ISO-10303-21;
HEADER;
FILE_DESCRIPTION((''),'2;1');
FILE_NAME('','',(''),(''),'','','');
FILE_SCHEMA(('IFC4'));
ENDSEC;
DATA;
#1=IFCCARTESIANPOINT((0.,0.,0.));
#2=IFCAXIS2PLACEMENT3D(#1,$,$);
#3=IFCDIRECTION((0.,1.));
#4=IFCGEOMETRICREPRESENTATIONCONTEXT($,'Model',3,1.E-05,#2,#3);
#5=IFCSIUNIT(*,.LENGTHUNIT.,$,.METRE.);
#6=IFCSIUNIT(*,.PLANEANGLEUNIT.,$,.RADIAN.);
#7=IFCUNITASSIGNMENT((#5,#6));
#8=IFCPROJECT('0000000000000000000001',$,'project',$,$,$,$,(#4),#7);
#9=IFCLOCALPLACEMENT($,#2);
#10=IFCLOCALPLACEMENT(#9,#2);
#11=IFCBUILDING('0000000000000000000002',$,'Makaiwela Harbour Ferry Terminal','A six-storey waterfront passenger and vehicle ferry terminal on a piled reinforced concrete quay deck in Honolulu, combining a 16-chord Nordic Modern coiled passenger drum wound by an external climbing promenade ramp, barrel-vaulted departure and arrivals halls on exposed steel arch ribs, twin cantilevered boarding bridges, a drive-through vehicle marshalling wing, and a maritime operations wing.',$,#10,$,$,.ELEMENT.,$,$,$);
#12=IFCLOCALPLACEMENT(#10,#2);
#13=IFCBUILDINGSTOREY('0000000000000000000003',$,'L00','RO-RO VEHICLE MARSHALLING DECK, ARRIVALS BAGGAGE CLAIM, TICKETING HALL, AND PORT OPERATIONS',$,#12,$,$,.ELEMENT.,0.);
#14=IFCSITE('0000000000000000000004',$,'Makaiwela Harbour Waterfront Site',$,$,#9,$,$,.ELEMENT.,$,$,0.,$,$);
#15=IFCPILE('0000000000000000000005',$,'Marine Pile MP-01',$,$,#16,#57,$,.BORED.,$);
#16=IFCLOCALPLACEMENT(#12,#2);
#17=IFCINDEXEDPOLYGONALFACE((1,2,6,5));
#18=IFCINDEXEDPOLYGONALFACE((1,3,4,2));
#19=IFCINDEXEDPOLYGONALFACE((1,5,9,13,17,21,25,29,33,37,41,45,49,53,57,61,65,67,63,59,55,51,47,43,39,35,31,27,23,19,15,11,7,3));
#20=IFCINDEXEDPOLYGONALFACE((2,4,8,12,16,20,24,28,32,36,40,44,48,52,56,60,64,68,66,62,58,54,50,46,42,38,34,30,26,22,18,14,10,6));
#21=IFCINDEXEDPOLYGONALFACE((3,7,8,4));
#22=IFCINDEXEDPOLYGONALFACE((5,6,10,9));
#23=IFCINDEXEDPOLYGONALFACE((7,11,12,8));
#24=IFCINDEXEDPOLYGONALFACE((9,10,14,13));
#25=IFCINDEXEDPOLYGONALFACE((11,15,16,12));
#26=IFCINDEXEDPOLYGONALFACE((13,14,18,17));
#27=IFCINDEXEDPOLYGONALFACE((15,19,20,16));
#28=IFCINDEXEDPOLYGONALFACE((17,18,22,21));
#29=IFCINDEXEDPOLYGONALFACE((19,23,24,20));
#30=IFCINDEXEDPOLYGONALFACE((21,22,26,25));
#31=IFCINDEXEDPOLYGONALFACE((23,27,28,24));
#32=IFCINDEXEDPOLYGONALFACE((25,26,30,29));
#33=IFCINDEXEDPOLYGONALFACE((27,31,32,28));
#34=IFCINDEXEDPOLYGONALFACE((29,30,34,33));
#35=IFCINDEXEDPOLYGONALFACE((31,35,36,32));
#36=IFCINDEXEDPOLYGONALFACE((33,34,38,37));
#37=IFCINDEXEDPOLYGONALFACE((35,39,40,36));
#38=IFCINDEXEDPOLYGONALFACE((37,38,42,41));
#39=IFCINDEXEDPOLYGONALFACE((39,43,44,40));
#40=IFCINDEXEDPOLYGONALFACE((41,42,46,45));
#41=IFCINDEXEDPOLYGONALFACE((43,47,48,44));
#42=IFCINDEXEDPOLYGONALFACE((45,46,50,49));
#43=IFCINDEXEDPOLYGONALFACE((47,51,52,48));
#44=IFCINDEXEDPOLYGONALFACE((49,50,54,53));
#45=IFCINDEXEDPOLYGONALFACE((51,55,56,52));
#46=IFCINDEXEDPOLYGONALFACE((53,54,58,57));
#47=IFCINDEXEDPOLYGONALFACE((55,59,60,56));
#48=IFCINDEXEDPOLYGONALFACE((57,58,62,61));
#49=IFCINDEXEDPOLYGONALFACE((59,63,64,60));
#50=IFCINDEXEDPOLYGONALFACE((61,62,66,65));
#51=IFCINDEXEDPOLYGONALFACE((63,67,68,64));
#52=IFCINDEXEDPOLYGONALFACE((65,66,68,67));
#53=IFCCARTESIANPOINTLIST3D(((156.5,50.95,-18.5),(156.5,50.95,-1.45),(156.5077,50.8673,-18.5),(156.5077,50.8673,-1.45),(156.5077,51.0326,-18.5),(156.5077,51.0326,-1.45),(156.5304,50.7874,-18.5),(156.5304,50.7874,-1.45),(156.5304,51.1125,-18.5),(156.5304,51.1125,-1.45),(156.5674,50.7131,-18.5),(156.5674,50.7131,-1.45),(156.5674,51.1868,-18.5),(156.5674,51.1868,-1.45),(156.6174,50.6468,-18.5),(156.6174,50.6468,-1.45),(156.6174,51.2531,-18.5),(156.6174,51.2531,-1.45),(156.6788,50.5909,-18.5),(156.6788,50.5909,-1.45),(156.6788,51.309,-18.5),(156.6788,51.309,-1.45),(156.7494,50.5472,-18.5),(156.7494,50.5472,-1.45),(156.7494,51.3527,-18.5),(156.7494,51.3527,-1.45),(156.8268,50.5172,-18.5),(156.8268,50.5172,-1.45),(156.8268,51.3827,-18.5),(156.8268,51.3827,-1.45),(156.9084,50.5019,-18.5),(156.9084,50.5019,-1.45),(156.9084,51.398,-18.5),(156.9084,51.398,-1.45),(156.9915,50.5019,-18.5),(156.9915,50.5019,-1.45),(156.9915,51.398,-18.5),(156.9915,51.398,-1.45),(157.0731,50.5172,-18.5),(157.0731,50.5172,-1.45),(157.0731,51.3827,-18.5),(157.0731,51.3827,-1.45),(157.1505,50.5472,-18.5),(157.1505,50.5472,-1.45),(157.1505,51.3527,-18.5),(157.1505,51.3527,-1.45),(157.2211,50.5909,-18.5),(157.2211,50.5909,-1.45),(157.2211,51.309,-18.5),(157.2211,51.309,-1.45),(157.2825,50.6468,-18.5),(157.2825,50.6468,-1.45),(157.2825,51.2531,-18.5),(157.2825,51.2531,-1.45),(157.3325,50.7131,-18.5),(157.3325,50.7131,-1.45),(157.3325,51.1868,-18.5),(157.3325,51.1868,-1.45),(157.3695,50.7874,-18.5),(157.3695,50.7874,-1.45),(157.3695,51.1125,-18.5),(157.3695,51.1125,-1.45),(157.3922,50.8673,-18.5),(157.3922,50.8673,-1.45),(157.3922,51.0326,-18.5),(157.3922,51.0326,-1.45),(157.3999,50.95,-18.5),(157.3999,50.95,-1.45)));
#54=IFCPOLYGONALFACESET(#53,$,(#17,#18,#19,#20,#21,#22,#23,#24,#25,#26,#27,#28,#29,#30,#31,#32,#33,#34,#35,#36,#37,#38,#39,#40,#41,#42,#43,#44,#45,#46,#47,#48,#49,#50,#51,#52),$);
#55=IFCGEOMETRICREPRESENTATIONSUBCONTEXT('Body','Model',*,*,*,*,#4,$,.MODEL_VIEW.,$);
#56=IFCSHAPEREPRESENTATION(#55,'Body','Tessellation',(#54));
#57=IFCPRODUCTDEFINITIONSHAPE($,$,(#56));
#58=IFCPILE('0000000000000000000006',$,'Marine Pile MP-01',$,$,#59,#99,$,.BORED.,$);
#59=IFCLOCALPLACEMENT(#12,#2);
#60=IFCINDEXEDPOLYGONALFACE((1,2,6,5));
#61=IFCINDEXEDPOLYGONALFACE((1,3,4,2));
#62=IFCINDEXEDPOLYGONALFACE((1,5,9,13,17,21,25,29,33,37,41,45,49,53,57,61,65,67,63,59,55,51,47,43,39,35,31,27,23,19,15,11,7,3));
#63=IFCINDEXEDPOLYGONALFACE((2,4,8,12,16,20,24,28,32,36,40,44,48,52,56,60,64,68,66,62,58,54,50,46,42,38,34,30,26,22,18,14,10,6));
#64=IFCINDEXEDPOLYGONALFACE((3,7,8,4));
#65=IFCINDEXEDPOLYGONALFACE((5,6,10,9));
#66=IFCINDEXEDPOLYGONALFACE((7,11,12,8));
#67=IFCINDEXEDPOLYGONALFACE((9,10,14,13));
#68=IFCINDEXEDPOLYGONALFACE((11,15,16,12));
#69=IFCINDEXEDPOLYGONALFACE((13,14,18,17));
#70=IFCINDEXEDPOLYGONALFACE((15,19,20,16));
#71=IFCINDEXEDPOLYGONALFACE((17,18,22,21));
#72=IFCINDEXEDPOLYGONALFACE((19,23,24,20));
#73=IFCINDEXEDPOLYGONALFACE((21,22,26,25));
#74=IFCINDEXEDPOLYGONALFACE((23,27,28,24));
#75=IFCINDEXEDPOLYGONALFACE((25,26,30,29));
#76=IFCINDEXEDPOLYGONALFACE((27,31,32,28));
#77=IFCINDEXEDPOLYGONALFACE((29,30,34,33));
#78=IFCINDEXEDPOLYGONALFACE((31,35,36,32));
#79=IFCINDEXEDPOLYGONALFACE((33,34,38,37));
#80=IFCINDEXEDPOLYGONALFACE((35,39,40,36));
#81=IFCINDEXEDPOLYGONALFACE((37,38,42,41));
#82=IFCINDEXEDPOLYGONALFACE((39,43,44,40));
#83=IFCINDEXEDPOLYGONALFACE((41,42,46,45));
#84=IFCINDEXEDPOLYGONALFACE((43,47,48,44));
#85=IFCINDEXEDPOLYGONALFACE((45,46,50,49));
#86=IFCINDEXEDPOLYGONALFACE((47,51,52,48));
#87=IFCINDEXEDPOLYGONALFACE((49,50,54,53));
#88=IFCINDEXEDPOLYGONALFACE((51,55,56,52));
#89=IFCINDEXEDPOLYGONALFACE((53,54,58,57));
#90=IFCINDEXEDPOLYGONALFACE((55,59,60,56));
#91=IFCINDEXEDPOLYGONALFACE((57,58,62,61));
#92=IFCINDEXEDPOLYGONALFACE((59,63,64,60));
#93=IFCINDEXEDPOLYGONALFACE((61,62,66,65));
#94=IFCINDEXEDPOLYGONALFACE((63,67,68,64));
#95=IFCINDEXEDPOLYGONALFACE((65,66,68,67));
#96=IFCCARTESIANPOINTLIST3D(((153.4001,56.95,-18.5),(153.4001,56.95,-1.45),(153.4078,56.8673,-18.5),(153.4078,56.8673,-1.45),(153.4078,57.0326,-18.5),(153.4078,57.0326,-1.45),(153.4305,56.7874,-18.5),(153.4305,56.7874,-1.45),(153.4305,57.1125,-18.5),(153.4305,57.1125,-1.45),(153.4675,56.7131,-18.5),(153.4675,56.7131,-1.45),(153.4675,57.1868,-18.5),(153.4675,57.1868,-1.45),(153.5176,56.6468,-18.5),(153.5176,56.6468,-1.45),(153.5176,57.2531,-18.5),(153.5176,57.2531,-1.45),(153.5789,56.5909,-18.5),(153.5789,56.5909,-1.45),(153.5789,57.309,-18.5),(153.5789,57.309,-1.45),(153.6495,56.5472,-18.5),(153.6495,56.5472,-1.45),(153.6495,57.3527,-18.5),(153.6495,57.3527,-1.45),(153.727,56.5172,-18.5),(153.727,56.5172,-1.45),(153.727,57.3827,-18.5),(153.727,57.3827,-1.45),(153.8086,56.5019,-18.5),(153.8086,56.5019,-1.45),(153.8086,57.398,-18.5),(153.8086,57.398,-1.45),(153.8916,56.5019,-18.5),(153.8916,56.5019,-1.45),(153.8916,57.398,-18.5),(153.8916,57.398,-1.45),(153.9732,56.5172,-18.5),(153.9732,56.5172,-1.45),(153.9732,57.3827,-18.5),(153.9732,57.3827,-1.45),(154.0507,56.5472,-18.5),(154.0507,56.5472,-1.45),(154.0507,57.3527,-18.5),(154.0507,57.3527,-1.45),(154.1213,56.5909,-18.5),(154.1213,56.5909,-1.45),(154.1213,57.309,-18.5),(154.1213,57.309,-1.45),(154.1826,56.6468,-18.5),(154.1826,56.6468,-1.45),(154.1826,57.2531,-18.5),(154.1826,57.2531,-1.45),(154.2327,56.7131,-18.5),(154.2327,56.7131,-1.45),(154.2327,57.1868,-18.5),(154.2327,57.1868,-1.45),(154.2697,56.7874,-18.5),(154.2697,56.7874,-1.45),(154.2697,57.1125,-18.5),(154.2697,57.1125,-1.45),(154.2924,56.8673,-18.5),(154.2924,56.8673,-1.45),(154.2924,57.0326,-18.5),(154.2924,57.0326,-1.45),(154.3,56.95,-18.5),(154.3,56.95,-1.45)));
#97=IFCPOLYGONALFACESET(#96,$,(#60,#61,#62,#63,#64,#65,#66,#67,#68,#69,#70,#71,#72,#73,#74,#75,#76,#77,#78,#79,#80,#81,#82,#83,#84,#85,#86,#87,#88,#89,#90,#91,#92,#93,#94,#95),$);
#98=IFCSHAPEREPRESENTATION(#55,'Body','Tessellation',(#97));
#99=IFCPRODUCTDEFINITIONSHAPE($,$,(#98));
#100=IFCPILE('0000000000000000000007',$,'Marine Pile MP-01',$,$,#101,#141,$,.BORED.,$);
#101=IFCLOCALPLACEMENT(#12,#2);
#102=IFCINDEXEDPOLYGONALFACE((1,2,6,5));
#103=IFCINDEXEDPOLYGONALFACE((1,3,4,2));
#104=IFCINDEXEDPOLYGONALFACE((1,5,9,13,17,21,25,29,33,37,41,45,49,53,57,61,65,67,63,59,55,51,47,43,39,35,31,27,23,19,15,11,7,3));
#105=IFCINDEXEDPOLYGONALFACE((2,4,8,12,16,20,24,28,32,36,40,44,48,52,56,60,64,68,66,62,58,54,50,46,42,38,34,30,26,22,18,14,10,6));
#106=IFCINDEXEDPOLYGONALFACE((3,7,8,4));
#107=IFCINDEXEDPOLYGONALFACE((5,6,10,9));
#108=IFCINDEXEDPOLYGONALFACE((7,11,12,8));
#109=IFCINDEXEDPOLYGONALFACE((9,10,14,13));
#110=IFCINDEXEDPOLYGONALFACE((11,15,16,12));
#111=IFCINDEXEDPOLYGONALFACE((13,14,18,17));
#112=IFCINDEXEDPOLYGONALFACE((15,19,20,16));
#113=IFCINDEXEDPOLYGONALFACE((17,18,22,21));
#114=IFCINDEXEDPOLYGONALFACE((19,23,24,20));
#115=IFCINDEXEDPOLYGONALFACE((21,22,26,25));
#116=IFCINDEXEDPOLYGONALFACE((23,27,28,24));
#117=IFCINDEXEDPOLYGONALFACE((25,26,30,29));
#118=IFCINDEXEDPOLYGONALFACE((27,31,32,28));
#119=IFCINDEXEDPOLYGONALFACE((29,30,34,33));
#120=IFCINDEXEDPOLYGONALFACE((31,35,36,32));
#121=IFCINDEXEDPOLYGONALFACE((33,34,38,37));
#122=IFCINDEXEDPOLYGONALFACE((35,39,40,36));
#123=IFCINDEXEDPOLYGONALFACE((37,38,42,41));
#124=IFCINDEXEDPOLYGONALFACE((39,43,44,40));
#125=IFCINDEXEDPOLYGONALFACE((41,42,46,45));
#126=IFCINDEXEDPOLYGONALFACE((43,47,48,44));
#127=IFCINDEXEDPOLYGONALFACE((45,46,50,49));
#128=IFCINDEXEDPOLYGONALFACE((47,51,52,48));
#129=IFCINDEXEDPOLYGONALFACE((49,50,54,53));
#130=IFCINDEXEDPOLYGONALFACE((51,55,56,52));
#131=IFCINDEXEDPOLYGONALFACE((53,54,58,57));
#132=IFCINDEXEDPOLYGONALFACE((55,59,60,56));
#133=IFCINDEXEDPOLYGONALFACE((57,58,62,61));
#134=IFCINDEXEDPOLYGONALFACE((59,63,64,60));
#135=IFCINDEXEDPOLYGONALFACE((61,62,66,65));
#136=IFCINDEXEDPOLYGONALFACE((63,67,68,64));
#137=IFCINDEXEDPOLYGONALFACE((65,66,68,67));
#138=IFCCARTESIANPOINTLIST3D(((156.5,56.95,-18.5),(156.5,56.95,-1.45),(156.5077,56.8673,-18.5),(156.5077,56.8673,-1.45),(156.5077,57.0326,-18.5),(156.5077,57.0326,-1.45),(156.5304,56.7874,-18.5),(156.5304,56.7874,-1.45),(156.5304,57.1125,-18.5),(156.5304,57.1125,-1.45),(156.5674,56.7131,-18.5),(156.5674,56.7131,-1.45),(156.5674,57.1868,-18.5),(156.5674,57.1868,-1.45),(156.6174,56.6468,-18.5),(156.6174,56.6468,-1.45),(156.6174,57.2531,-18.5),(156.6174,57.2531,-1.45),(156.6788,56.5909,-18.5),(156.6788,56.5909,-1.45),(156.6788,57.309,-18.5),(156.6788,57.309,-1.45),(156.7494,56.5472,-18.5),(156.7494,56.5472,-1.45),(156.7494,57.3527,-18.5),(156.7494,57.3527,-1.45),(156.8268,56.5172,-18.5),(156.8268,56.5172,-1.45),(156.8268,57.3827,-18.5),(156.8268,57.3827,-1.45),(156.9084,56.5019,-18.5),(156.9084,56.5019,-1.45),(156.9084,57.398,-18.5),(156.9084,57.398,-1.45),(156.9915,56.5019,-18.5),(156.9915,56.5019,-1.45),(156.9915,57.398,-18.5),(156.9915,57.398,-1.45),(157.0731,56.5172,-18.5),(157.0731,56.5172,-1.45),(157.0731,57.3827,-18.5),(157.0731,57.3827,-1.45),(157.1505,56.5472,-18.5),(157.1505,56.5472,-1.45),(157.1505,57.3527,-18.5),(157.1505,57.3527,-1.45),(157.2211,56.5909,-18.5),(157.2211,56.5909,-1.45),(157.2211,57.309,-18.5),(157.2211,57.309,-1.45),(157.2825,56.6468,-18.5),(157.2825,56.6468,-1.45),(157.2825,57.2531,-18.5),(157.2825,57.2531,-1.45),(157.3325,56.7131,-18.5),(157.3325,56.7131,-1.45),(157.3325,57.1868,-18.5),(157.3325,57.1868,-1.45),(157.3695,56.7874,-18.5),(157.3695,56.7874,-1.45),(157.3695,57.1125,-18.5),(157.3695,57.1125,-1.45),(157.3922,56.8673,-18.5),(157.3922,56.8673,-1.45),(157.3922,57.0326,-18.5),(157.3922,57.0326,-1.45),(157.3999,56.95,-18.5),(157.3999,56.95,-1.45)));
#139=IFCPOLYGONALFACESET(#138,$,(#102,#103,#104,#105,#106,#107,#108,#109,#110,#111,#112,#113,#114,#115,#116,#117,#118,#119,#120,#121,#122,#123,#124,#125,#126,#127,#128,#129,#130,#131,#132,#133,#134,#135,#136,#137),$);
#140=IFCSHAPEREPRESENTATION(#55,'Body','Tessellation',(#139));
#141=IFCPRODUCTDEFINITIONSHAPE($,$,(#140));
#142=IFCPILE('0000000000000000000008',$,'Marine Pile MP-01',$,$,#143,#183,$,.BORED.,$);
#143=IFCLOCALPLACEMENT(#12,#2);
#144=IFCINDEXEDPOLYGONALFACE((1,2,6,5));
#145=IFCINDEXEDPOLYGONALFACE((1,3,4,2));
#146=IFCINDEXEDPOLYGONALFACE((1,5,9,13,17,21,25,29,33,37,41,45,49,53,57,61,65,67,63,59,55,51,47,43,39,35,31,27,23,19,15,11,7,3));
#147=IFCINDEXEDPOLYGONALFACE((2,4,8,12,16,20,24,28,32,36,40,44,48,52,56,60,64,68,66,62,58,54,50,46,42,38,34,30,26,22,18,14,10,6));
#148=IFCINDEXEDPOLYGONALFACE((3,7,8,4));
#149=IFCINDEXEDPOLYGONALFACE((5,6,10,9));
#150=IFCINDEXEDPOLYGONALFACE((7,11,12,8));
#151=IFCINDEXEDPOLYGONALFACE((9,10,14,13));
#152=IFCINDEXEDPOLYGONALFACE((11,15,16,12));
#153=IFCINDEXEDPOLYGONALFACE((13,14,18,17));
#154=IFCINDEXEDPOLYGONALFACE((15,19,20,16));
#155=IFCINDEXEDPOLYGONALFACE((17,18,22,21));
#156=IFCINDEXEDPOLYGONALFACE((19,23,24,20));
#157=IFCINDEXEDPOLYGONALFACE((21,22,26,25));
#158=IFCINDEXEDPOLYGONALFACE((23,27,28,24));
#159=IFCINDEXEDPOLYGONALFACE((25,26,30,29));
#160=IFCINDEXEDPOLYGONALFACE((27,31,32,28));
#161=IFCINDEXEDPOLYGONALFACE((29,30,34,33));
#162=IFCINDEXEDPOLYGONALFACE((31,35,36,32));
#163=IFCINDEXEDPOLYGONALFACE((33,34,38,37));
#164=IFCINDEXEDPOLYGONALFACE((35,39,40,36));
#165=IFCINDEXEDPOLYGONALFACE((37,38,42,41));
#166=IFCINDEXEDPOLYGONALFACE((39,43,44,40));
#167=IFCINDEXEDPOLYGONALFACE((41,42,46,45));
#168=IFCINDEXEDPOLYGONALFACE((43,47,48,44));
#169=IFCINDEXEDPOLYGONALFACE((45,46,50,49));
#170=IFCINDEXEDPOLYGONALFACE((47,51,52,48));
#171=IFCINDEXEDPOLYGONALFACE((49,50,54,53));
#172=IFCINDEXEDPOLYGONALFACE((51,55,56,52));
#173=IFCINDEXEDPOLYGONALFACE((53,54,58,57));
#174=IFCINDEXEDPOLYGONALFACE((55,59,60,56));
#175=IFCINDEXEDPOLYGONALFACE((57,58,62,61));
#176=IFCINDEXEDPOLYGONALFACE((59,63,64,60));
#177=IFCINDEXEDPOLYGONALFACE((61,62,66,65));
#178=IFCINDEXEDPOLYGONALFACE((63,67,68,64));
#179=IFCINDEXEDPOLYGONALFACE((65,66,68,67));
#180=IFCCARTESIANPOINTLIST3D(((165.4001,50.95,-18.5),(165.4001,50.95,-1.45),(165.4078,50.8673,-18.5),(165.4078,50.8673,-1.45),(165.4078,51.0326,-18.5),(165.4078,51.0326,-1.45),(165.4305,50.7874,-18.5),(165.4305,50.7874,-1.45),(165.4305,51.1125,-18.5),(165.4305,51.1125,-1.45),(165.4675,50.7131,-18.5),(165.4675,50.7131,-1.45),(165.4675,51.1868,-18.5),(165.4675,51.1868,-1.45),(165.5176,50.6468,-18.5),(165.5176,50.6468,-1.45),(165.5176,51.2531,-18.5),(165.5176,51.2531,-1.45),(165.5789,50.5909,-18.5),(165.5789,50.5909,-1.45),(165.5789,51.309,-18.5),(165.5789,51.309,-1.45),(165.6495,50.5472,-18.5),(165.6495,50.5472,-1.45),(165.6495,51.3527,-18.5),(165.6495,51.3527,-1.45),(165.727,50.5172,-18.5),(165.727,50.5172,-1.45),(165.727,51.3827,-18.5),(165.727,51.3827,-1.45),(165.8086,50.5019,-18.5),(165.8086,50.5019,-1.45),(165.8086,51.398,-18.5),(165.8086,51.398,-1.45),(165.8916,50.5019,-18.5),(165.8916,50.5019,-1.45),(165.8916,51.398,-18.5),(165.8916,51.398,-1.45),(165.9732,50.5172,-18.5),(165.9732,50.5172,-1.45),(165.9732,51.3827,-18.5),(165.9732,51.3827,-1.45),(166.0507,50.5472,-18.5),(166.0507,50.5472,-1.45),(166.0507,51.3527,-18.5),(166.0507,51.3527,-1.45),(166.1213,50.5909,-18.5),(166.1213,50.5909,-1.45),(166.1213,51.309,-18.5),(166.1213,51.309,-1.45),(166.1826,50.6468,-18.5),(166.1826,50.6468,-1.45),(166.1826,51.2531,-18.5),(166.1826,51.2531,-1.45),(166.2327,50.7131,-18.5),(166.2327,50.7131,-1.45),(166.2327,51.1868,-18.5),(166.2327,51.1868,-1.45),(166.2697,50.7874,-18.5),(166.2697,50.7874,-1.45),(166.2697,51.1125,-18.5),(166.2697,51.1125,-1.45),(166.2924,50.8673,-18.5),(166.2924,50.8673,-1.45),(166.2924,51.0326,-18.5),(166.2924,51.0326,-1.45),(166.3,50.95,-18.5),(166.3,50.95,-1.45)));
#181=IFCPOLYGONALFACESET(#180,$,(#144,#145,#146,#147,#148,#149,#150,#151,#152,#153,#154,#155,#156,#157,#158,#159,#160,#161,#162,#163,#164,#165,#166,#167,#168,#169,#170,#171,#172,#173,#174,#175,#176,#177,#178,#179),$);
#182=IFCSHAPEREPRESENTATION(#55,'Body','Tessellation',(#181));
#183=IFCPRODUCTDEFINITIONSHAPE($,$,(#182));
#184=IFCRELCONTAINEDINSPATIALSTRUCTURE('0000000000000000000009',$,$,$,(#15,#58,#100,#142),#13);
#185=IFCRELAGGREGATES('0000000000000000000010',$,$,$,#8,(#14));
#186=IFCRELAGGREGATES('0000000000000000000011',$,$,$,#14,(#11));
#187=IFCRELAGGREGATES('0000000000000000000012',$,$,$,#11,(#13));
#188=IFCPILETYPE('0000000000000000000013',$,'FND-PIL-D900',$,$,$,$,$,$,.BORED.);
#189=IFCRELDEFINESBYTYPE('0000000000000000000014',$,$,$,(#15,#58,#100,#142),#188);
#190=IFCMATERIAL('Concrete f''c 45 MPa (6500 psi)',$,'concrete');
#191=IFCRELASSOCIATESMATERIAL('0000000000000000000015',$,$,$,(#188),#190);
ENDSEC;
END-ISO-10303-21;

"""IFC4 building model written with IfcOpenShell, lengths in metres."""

from ifc_helpers import new_model, si_unit, direction, frame, origin, origin_2d, place, context, subcontext, project, spatial, circle, extrude, material, material_profile, profile_set, type_object, element, save


model = new_model("IFC4")

# Units and contexts
model_context = context("Model", 3, precision=1e-05, world=origin(), true_north=direction((0.0, 1.0)))
body_context = subcontext(model_context, "Body", "Model", "MODEL_VIEW")
ifc_project = project(units=[si_unit("LENGTHUNIT", "METRE"), si_unit("PLANEANGLEUNIT", "RADIAN")], contexts=[model_context])

# Site, building, storey
site_placement = place(None, origin())
site = spatial("IfcSite", under=ifc_project, at=site_placement, Name="Makaiwela Harbour Waterfront Site", CompositionType="ELEMENT", RefElevation=0.0)
building_placement = place(site_placement, origin())
building = spatial("IfcBuilding", under=site, at=building_placement, Name="Makaiwela Harbour Ferry Terminal", Description="A six-storey waterfront passenger and vehicle ferry terminal on a piled reinforced concrete quay deck in Honolulu, combining a 16-chord Nordic Modern coiled passenger drum wound by an external climbing promenade ramp, barrel-vaulted departure and arrivals halls on exposed steel arch ribs, twin cantilevered boarding bridges, a drive-through vehicle marshalling wing, and a maritime operations wing.", CompositionType="ELEMENT")
storey_placement = place(building_placement, origin())
storey = spatial("IfcBuildingStorey", under=building, at=storey_placement, Name="L00", Description="RO-RO VEHICLE MARSHALLING DECK, ARRIVALS BAGGAGE CLAIM, TICKETING HALL, AND PORT OPERATIONS", CompositionType="ELEMENT", Elevation=0.0)

# Shared definitions
ifc_material_1 = material(Name="Concrete f'c 45 MPa (6500 psi)", Category="concrete")

# Piles
ifc_material_profile_1 = material_profile(ifc_material_1, circle(Radius=0.45, at=origin_2d()), Name="PILE-D900")
ifc_profile_set_1 = profile_set([ifc_material_profile_1], Name="Concrete f'c 45 MPa (6500 psi)")
pile_type = type_object("IfcPileType", Name="FND-PIL-D900", PredefinedType="BORED", material=ifc_profile_set_1)
for number, where, z_axis, x_axis, name in (
    (1, (156.95, 50.95, -1.45), (0.0, 0.0, -1.0), (1.0, 0.0, 0.0), "Marine Pile MP-01"),
    (2, (153.8501, 56.95, -1.45), (0.0, 0.0, -1.0), (1.0, 0.0, 0.0), "Marine Pile MP-01"),
    (3, (156.95, 56.95, -1.45), (0.0, 0.0, -1.0), (1.0, 0.0, 0.0), "Marine Pile MP-01"),
    (4, (165.8501, 50.95, -1.45), (0.0, 0.0, -1.0), (1.0, 0.0, 0.0), "Marine Pile MP-01"),
):
    element("IfcPile", number, at=place(storey_placement, frame(where, z_axis=z_axis, x_axis=x_axis)), inside=storey, type_object=pile_type, Name=name, PredefinedType="BORED", context=body_context, shape_type="SweptSolid", body=[
        extrude(circle(Radius=0.45, at=origin_2d()), origin(), (0.0, 0.0, 1.0), 17.05),
    ])

save(model, "model.ifc")
